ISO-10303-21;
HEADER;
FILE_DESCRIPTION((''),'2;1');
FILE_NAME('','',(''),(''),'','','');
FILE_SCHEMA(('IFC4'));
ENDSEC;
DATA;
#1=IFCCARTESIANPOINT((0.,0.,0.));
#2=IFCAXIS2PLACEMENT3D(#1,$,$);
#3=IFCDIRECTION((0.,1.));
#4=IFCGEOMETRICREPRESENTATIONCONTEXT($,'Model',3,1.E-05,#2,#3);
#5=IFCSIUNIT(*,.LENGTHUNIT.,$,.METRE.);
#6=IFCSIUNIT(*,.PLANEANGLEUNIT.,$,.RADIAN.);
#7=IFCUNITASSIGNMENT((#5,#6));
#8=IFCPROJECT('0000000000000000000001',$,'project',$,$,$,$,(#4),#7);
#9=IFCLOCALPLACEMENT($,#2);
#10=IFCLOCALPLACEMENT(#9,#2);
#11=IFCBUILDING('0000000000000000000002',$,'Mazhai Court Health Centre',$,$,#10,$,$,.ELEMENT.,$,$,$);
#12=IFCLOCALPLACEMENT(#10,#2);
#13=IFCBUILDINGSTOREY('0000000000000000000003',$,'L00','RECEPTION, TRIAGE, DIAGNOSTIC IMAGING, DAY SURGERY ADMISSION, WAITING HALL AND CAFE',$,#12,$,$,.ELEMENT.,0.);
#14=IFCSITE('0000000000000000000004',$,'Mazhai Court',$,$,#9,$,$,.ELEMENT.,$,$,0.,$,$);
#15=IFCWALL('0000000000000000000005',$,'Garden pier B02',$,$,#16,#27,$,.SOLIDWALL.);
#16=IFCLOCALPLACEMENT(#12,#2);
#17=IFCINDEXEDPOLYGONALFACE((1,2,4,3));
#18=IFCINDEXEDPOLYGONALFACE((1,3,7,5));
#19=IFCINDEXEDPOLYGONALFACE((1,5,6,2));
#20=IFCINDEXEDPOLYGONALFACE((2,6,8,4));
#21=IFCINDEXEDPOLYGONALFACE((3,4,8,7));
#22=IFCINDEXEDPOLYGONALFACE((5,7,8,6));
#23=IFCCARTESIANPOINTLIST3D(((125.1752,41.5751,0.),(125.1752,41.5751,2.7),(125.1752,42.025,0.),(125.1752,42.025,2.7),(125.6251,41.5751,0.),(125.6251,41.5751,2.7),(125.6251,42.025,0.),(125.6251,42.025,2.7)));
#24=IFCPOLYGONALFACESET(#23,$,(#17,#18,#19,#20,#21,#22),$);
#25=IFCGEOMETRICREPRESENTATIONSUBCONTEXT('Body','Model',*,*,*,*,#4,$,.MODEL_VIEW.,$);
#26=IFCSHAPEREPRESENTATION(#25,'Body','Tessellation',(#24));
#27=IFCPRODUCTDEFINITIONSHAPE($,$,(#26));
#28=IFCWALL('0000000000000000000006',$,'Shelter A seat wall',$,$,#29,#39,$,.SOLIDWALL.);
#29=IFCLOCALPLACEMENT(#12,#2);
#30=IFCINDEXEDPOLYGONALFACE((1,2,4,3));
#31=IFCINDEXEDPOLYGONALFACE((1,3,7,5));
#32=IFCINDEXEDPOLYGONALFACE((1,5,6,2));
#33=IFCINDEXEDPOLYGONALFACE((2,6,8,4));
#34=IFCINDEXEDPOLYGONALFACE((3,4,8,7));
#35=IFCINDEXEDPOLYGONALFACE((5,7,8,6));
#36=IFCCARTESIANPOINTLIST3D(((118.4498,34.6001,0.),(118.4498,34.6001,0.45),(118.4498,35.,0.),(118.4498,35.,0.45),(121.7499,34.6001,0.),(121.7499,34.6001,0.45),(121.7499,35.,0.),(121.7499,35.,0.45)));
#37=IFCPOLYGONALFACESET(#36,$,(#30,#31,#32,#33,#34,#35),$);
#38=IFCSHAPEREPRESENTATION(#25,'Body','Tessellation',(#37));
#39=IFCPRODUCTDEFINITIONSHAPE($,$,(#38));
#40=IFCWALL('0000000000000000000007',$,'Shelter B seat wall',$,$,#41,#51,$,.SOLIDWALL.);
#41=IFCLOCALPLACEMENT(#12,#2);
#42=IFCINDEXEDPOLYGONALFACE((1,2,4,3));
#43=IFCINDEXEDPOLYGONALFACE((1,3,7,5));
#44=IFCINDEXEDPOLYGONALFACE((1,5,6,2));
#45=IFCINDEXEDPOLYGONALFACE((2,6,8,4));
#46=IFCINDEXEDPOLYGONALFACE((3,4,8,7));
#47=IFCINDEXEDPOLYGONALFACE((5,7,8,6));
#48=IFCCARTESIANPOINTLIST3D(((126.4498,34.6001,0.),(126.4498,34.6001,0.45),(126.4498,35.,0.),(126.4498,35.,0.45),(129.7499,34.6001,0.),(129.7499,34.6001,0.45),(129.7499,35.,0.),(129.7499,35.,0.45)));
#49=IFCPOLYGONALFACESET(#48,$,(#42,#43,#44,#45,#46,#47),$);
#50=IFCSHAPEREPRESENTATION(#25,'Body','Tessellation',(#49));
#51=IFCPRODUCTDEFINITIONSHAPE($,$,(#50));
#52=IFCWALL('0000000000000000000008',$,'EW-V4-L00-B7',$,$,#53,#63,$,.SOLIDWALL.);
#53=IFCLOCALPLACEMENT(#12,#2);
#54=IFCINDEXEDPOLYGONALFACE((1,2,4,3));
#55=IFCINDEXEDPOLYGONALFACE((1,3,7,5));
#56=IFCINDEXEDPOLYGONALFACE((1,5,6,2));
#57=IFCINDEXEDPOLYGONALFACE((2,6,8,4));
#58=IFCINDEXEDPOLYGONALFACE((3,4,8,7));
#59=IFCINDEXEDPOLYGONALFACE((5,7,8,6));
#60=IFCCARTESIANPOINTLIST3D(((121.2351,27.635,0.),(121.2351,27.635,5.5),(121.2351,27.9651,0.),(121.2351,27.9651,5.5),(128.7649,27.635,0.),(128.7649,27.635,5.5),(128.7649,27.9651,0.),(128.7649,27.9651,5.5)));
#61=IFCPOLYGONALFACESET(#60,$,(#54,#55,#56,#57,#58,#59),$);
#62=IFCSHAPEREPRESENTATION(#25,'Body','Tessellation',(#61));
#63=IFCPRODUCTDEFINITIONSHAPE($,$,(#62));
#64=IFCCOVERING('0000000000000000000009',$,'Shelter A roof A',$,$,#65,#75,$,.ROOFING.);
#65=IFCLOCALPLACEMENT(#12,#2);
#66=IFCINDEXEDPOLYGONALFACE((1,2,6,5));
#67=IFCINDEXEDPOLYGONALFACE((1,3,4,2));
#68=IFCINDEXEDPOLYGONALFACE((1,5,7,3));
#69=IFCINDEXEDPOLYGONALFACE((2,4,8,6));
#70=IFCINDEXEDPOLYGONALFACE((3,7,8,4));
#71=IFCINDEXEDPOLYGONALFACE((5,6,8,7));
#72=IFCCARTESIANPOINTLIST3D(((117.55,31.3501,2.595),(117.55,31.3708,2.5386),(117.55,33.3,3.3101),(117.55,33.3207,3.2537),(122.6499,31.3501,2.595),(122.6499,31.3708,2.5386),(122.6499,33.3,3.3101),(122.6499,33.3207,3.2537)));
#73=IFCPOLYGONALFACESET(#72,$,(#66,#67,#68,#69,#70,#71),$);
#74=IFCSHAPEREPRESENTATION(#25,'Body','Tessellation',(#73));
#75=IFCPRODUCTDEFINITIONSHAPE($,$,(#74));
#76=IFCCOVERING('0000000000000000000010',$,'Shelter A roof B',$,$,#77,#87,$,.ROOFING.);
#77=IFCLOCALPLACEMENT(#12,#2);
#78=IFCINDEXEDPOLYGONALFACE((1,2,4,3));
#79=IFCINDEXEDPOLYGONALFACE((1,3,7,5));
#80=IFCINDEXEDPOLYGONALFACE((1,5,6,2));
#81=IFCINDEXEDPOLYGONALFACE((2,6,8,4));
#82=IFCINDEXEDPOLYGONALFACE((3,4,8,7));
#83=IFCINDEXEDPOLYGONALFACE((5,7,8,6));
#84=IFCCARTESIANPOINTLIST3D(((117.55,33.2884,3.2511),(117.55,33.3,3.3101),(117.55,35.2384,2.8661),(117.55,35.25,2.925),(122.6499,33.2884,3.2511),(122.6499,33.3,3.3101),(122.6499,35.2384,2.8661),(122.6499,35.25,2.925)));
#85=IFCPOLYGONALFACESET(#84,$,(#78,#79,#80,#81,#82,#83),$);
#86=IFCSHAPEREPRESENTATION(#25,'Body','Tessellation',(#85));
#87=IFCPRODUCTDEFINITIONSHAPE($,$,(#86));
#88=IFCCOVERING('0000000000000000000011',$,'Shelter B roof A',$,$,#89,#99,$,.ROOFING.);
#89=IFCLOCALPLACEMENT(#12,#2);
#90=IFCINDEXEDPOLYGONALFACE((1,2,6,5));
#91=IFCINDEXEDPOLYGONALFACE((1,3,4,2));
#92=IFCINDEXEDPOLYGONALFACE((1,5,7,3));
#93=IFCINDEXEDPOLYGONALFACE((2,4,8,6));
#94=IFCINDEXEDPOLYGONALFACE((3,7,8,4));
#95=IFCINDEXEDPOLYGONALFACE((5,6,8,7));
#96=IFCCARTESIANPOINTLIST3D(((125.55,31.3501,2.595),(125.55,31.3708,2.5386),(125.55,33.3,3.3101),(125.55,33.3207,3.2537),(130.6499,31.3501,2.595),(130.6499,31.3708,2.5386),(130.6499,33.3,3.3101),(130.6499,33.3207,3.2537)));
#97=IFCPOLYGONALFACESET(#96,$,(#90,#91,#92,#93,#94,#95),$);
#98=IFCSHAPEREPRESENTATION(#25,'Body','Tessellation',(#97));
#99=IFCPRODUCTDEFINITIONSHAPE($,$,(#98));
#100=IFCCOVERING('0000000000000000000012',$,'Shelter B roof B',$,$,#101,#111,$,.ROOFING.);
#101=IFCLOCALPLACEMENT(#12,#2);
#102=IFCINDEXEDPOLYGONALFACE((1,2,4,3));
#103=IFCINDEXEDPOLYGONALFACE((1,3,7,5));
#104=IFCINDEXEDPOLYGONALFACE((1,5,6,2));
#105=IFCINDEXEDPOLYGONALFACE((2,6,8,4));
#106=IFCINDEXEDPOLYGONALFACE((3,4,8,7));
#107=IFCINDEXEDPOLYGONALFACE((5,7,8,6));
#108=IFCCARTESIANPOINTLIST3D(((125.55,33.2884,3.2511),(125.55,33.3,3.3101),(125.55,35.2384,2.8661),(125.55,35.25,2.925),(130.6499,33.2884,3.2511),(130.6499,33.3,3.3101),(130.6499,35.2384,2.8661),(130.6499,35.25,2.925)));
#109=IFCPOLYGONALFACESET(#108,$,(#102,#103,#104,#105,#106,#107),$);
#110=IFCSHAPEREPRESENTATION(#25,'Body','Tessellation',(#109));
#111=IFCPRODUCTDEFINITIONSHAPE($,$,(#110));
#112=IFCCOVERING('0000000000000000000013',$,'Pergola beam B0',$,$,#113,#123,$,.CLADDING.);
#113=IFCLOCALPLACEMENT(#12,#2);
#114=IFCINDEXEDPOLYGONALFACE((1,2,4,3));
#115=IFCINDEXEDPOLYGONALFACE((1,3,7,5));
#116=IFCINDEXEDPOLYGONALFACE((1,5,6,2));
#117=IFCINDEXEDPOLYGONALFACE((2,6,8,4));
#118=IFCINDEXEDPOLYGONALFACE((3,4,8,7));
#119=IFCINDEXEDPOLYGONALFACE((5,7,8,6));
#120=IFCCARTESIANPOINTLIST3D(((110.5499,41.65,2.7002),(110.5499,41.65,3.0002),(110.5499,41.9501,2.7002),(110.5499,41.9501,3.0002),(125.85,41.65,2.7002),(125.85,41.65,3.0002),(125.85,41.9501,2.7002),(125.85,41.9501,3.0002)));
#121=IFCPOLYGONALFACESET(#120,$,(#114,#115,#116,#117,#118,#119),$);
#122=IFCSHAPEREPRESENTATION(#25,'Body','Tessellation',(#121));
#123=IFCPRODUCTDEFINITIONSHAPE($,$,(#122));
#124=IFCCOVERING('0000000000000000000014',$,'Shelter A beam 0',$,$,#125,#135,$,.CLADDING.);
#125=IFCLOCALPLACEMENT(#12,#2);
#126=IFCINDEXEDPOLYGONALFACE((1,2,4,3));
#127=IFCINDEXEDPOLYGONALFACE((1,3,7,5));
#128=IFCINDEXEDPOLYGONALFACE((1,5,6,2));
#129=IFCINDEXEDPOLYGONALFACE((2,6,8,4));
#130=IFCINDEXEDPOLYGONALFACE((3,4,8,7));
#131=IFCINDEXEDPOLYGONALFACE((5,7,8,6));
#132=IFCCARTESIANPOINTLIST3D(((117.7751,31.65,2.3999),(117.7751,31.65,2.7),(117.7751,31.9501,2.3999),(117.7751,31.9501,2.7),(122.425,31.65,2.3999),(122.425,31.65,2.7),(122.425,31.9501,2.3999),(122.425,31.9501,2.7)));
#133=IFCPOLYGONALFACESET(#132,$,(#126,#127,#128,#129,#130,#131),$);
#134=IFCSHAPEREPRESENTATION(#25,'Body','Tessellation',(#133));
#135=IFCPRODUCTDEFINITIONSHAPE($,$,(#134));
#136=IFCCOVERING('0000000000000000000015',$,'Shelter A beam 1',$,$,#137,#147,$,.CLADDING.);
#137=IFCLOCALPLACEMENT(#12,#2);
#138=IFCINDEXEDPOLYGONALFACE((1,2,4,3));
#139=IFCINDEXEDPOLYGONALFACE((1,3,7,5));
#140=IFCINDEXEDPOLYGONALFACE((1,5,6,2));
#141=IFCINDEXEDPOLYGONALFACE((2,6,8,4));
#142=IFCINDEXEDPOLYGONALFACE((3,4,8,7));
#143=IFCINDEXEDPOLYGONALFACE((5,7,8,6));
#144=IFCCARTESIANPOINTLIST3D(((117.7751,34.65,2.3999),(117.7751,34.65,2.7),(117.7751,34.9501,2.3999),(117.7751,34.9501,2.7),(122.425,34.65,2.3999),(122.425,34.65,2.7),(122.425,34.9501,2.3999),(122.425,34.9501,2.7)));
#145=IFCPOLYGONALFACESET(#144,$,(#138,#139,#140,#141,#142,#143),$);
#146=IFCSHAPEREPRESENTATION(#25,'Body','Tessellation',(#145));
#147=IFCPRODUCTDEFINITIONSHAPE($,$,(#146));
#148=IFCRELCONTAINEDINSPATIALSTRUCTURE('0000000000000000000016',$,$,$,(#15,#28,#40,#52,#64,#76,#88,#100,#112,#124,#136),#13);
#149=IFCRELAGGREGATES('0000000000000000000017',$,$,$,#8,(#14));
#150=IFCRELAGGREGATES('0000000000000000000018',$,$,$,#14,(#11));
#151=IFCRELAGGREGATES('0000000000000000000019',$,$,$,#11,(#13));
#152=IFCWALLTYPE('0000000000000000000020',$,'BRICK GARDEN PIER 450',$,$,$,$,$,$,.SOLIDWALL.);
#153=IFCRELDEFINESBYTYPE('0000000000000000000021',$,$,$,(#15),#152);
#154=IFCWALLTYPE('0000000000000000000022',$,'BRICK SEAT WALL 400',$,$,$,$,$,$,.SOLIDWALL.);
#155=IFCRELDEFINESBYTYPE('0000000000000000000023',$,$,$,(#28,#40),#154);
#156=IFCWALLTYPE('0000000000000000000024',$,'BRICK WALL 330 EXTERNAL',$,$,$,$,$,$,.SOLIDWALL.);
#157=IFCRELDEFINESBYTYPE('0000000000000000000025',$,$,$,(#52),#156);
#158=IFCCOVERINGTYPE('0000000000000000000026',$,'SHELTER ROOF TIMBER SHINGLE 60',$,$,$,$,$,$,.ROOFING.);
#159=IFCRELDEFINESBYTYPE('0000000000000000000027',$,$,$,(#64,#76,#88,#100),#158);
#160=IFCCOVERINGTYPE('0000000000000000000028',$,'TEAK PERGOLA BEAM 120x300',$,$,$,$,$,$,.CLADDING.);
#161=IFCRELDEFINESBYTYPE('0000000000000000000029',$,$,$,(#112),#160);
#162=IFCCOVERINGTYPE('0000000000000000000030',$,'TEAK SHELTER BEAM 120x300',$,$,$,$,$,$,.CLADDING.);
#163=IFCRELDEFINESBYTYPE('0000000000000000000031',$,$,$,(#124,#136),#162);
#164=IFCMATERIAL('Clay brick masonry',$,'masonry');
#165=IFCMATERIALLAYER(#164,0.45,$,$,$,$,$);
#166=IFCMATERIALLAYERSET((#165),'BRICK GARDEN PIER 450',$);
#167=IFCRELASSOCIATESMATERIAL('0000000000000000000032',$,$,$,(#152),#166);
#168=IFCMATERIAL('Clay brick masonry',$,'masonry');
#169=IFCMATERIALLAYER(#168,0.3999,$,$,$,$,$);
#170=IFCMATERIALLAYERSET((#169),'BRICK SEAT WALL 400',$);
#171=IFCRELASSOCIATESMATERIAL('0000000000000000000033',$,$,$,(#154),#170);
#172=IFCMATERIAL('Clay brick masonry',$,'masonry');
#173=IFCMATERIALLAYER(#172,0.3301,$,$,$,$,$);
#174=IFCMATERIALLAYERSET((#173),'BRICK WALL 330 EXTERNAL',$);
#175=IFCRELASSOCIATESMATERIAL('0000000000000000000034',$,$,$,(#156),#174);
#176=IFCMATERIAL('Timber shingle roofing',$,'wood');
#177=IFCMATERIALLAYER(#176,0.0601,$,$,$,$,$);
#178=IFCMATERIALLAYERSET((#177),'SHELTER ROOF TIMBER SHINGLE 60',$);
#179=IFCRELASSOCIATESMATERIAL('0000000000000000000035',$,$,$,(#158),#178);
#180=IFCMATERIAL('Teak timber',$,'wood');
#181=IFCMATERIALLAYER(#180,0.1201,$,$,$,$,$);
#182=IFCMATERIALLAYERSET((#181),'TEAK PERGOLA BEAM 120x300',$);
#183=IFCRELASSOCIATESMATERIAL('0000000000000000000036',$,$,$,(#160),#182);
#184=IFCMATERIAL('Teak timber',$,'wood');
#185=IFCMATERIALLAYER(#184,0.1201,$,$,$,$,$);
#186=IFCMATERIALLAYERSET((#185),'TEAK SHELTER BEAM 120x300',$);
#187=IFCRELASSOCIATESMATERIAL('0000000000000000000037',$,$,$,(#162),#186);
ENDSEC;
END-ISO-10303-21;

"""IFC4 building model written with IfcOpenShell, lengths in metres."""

from ifc_helpers import new_model, si_unit, direction, frame, frame_2d, origin, origin_2d, place, context, subcontext, project, spatial, polyline, rectangle, outline, extrude, material, layer, layer_set, type_object, element, save


model = new_model("IFC4")

# Units and contexts
model_context = context("Model", 3, precision=1e-05, world=origin(), true_north=direction((0.0, 1.0)))
body_context = subcontext(model_context, "Body", "Model", "MODEL_VIEW")
ifc_project = project(units=[si_unit("LENGTHUNIT", "METRE"), si_unit("PLANEANGLEUNIT", "RADIAN")], contexts=[model_context])

# Site, building, storey
site_placement = place(None, origin())
site = spatial("IfcSite", under=ifc_project, at=site_placement, Name="Mazhai Court", CompositionType="ELEMENT", RefElevation=0.0)
building_placement = place(site_placement, origin())
building = spatial("IfcBuilding", under=site, at=building_placement, Name="Mazhai Court Health Centre", CompositionType="ELEMENT")
storey_placement = place(building_placement, origin())
storey = spatial("IfcBuildingStorey", under=building, at=storey_placement, Name="L00", Description="RECEPTION, TRIAGE, DIAGNOSTIC IMAGING, DAY SURGERY ADMISSION, WAITING HALL AND CAFE", CompositionType="ELEMENT", Elevation=0.0)

# Walls
ifc_material_1 = material(Name="Clay brick masonry", Category="masonry")
ifc_layer_1 = layer(ifc_material_1, 0.45)
ifc_layer_set_1 = layer_set([ifc_layer_1], Name="BRICK GARDEN PIER 450")
wall_type_1 = type_object("IfcWallType", Name="BRICK GARDEN PIER 450", PredefinedType="SOLIDWALL", material=ifc_layer_set_1)
for number, where, z_axis, x_axis, name in (
    (1, (125.175, 41.8, 0.0), (0.0, 0.0, 1.0), (1.0, 0.0, 0.0), "Garden pier B02"),
):
    element("IfcWall", number, at=place(storey_placement, frame(where, z_axis=z_axis, x_axis=x_axis)), inside=storey, type_object=wall_type_1, Name=name, PredefinedType="SOLIDWALL", context=body_context, shape_type="SweptSolid", body=[
        extrude(rectangle(XDim=0.45, YDim=0.45, at=frame_2d((0.2251, 0.0))), origin(), (0.0, 0.0, 1.0), 2.7),
    ])
ifc_material_2 = material(Name="Clay brick masonry", Category="masonry")
ifc_layer_2 = layer(ifc_material_2, 0.3999)
ifc_layer_set_2 = layer_set([ifc_layer_2], Name="BRICK SEAT WALL 400")
wall_type_2 = type_object("IfcWallType", Name="BRICK SEAT WALL 400", PredefinedType="SOLIDWALL", material=ifc_layer_set_2)
for number, where, z_axis, x_axis, name in (
    (2, (118.45, 34.8, 0.0), (0.0, 0.0, 1.0), (1.0, 0.0, 0.0), "Shelter A seat wall"),
    (3, (126.45, 34.8, 0.0), (0.0, 0.0, 1.0), (1.0, 0.0, 0.0), "Shelter B seat wall"),
):
    element("IfcWall", number, at=place(storey_placement, frame(where, z_axis=z_axis, x_axis=x_axis)), inside=storey, type_object=wall_type_2, Name=name, PredefinedType="SOLIDWALL", context=body_context, shape_type="SweptSolid", body=[
        extrude(rectangle(XDim=3.3, YDim=0.3999, at=frame_2d((1.6499, 0.0))), origin(), (0.0, 0.0, 1.0), 0.45),
    ])
ifc_material_3 = material(Name="Clay brick masonry", Category="masonry")
ifc_layer_3 = layer(ifc_material_3, 0.3301)
ifc_layer_set_3 = layer_set([ifc_layer_3], Name="BRICK WALL 330 EXTERNAL")
wall_type_3 = type_object("IfcWallType", Name="BRICK WALL 330 EXTERNAL", PredefinedType="SOLIDWALL", material=ifc_layer_set_3)
wall_1_placement = place(storey_placement, frame((121.2351, 27.8, 0.0), z_axis=(0.0, 0.0, 1.0), x_axis=(1.0, 0.0, 0.0)))
element("IfcWall", 4, at=wall_1_placement, inside=storey, type_object=wall_type_3, Name="EW-V4-L00-B7", PredefinedType="SOLIDWALL", context=body_context, shape_type="SweptSolid", body=[
    extrude(rectangle(XDim=7.5298, YDim=0.3301, at=frame_2d((3.7649, 0.0))), origin(), (0.0, 0.0, 1.0), 5.5),
])

# Coverings
ifc_material_4 = material(Name="Timber shingle roofing", Category="wood")
ifc_layer_4 = layer(ifc_material_4, 0.0601)
ifc_layer_set_4 = layer_set([ifc_layer_4], Name="SHELTER ROOF TIMBER SHINGLE 60")
covering_type_1 = type_object("IfcCoveringType", Name="SHELTER ROOF TIMBER SHINGLE 60", PredefinedType="ROOFING", material=ifc_layer_set_4)
covering_1_placement = place(storey_placement, frame((117.55, 31.3501, 2.595), z_axis=(0.0, -0.3443, 0.93886), x_axis=(1.0, 0.0, 0.0)))
element("IfcCovering", 5, at=covering_1_placement, inside=storey, type_object=covering_type_1, Name="Shelter A roof A", PredefinedType="ROOFING", context=body_context, shape_type="SweptSolid", body=[
    extrude(outline(polyline([(0.0, 0.0), (5.0999, 0.0), (5.0999, 2.0769), (0.0, 2.0769), (0.0, 0.0)])), origin(), (0.0, 0.0, -1.0), 0.0601),
])
covering_2_placement = place(storey_placement, frame((117.55, 33.3, 3.3101), z_axis=(0.0, 0.193706, 0.98106), x_axis=(1.0, 0.0, 0.0)))
element("IfcCovering", 6, at=covering_2_placement, inside=storey, type_object=covering_type_1, Name="Shelter A roof B", PredefinedType="ROOFING", context=body_context, shape_type="SweptSolid", body=[
    extrude(outline(polyline([(0.0, 0.0), (5.0999, 0.0), (5.0999, 1.9876), (0.0, 1.9876), (0.0, 0.0)])), origin(), (0.0, 0.0, -1.0), 0.0601),
])
covering_3_placement = place(storey_placement, frame((125.55, 31.3501, 2.595), z_axis=(0.0, -0.3443, 0.93886), x_axis=(1.0, 0.0, 0.0)))
element("IfcCovering", 7, at=covering_3_placement, inside=storey, type_object=covering_type_1, Name="Shelter B roof A", PredefinedType="ROOFING", context=body_context, shape_type="SweptSolid", body=[
    extrude(outline(polyline([(0.0, 0.0), (5.0999, 0.0), (5.0999, 2.0769), (0.0, 2.0769), (0.0, 0.0)])), origin(), (0.0, 0.0, -1.0), 0.0601),
])
covering_4_placement = place(storey_placement, frame((125.55, 33.3, 3.3101), z_axis=(0.0, 0.193706, 0.98106), x_axis=(1.0, 0.0, 0.0)))
element("IfcCovering", 8, at=covering_4_placement, inside=storey, type_object=covering_type_1, Name="Shelter B roof B", PredefinedType="ROOFING", context=body_context, shape_type="SweptSolid", body=[
    extrude(outline(polyline([(0.0, 0.0), (5.0999, 0.0), (5.0999, 1.9876), (0.0, 1.9876), (0.0, 0.0)])), origin(), (0.0, 0.0, -1.0), 0.0601),
])
ifc_material_5 = material(Name="Teak timber", Category="wood")
ifc_layer_5 = layer(ifc_material_5, 0.1201)
ifc_layer_set_5 = layer_set([ifc_layer_5], Name="TEAK PERGOLA BEAM 120x300")
covering_type_2 = type_object("IfcCoveringType", Name="TEAK PERGOLA BEAM 120x300", PredefinedType="CLADDING", material=ifc_layer_set_5)
covering_5_placement = place(storey_placement, frame((118.2, 41.8, 2.7002), z_axis=(0.0, 0.0, 1.0), x_axis=(1.0, 0.0, 0.0)))
element("IfcCovering", 9, at=covering_5_placement, inside=storey, type_object=covering_type_2, Name="Pergola beam B0", PredefinedType="CLADDING", context=body_context, shape_type="SweptSolid", body=[
    extrude(rectangle(XDim=15.3, YDim=0.3, at=origin_2d()), origin(), (0.0, 0.0, 1.0), 0.3),
])
ifc_material_6 = material(Name="Teak timber", Category="wood")
ifc_layer_6 = layer(ifc_material_6, 0.1201)
ifc_layer_set_6 = layer_set([ifc_layer_6], Name="TEAK SHELTER BEAM 120x300")
covering_type_3 = type_object("IfcCoveringType", Name="TEAK SHELTER BEAM 120x300", PredefinedType="CLADDING", material=ifc_layer_set_6)
for number, where, z_axis, x_axis, name in (
    (10, (120.1001, 31.8, 2.3999), (0.0, 0.0, 1.0), (1.0, 0.0, 0.0), "Shelter A beam 0"),
    (11, (120.1001, 34.8, 2.3999), (0.0, 0.0, 1.0), (1.0, 0.0, 0.0), "Shelter A beam 1"),
):
    element("IfcCovering", number, at=place(storey_placement, frame(where, z_axis=z_axis, x_axis=x_axis)), inside=storey, type_object=covering_type_3, Name=name, PredefinedType="CLADDING", context=body_context, shape_type="SweptSolid", body=[
        extrude(rectangle(XDim=4.6499, YDim=0.3, at=origin_2d()), origin(), (0.0, 0.0, 1.0), 0.3),
    ])

save(model, "model.ifc")
